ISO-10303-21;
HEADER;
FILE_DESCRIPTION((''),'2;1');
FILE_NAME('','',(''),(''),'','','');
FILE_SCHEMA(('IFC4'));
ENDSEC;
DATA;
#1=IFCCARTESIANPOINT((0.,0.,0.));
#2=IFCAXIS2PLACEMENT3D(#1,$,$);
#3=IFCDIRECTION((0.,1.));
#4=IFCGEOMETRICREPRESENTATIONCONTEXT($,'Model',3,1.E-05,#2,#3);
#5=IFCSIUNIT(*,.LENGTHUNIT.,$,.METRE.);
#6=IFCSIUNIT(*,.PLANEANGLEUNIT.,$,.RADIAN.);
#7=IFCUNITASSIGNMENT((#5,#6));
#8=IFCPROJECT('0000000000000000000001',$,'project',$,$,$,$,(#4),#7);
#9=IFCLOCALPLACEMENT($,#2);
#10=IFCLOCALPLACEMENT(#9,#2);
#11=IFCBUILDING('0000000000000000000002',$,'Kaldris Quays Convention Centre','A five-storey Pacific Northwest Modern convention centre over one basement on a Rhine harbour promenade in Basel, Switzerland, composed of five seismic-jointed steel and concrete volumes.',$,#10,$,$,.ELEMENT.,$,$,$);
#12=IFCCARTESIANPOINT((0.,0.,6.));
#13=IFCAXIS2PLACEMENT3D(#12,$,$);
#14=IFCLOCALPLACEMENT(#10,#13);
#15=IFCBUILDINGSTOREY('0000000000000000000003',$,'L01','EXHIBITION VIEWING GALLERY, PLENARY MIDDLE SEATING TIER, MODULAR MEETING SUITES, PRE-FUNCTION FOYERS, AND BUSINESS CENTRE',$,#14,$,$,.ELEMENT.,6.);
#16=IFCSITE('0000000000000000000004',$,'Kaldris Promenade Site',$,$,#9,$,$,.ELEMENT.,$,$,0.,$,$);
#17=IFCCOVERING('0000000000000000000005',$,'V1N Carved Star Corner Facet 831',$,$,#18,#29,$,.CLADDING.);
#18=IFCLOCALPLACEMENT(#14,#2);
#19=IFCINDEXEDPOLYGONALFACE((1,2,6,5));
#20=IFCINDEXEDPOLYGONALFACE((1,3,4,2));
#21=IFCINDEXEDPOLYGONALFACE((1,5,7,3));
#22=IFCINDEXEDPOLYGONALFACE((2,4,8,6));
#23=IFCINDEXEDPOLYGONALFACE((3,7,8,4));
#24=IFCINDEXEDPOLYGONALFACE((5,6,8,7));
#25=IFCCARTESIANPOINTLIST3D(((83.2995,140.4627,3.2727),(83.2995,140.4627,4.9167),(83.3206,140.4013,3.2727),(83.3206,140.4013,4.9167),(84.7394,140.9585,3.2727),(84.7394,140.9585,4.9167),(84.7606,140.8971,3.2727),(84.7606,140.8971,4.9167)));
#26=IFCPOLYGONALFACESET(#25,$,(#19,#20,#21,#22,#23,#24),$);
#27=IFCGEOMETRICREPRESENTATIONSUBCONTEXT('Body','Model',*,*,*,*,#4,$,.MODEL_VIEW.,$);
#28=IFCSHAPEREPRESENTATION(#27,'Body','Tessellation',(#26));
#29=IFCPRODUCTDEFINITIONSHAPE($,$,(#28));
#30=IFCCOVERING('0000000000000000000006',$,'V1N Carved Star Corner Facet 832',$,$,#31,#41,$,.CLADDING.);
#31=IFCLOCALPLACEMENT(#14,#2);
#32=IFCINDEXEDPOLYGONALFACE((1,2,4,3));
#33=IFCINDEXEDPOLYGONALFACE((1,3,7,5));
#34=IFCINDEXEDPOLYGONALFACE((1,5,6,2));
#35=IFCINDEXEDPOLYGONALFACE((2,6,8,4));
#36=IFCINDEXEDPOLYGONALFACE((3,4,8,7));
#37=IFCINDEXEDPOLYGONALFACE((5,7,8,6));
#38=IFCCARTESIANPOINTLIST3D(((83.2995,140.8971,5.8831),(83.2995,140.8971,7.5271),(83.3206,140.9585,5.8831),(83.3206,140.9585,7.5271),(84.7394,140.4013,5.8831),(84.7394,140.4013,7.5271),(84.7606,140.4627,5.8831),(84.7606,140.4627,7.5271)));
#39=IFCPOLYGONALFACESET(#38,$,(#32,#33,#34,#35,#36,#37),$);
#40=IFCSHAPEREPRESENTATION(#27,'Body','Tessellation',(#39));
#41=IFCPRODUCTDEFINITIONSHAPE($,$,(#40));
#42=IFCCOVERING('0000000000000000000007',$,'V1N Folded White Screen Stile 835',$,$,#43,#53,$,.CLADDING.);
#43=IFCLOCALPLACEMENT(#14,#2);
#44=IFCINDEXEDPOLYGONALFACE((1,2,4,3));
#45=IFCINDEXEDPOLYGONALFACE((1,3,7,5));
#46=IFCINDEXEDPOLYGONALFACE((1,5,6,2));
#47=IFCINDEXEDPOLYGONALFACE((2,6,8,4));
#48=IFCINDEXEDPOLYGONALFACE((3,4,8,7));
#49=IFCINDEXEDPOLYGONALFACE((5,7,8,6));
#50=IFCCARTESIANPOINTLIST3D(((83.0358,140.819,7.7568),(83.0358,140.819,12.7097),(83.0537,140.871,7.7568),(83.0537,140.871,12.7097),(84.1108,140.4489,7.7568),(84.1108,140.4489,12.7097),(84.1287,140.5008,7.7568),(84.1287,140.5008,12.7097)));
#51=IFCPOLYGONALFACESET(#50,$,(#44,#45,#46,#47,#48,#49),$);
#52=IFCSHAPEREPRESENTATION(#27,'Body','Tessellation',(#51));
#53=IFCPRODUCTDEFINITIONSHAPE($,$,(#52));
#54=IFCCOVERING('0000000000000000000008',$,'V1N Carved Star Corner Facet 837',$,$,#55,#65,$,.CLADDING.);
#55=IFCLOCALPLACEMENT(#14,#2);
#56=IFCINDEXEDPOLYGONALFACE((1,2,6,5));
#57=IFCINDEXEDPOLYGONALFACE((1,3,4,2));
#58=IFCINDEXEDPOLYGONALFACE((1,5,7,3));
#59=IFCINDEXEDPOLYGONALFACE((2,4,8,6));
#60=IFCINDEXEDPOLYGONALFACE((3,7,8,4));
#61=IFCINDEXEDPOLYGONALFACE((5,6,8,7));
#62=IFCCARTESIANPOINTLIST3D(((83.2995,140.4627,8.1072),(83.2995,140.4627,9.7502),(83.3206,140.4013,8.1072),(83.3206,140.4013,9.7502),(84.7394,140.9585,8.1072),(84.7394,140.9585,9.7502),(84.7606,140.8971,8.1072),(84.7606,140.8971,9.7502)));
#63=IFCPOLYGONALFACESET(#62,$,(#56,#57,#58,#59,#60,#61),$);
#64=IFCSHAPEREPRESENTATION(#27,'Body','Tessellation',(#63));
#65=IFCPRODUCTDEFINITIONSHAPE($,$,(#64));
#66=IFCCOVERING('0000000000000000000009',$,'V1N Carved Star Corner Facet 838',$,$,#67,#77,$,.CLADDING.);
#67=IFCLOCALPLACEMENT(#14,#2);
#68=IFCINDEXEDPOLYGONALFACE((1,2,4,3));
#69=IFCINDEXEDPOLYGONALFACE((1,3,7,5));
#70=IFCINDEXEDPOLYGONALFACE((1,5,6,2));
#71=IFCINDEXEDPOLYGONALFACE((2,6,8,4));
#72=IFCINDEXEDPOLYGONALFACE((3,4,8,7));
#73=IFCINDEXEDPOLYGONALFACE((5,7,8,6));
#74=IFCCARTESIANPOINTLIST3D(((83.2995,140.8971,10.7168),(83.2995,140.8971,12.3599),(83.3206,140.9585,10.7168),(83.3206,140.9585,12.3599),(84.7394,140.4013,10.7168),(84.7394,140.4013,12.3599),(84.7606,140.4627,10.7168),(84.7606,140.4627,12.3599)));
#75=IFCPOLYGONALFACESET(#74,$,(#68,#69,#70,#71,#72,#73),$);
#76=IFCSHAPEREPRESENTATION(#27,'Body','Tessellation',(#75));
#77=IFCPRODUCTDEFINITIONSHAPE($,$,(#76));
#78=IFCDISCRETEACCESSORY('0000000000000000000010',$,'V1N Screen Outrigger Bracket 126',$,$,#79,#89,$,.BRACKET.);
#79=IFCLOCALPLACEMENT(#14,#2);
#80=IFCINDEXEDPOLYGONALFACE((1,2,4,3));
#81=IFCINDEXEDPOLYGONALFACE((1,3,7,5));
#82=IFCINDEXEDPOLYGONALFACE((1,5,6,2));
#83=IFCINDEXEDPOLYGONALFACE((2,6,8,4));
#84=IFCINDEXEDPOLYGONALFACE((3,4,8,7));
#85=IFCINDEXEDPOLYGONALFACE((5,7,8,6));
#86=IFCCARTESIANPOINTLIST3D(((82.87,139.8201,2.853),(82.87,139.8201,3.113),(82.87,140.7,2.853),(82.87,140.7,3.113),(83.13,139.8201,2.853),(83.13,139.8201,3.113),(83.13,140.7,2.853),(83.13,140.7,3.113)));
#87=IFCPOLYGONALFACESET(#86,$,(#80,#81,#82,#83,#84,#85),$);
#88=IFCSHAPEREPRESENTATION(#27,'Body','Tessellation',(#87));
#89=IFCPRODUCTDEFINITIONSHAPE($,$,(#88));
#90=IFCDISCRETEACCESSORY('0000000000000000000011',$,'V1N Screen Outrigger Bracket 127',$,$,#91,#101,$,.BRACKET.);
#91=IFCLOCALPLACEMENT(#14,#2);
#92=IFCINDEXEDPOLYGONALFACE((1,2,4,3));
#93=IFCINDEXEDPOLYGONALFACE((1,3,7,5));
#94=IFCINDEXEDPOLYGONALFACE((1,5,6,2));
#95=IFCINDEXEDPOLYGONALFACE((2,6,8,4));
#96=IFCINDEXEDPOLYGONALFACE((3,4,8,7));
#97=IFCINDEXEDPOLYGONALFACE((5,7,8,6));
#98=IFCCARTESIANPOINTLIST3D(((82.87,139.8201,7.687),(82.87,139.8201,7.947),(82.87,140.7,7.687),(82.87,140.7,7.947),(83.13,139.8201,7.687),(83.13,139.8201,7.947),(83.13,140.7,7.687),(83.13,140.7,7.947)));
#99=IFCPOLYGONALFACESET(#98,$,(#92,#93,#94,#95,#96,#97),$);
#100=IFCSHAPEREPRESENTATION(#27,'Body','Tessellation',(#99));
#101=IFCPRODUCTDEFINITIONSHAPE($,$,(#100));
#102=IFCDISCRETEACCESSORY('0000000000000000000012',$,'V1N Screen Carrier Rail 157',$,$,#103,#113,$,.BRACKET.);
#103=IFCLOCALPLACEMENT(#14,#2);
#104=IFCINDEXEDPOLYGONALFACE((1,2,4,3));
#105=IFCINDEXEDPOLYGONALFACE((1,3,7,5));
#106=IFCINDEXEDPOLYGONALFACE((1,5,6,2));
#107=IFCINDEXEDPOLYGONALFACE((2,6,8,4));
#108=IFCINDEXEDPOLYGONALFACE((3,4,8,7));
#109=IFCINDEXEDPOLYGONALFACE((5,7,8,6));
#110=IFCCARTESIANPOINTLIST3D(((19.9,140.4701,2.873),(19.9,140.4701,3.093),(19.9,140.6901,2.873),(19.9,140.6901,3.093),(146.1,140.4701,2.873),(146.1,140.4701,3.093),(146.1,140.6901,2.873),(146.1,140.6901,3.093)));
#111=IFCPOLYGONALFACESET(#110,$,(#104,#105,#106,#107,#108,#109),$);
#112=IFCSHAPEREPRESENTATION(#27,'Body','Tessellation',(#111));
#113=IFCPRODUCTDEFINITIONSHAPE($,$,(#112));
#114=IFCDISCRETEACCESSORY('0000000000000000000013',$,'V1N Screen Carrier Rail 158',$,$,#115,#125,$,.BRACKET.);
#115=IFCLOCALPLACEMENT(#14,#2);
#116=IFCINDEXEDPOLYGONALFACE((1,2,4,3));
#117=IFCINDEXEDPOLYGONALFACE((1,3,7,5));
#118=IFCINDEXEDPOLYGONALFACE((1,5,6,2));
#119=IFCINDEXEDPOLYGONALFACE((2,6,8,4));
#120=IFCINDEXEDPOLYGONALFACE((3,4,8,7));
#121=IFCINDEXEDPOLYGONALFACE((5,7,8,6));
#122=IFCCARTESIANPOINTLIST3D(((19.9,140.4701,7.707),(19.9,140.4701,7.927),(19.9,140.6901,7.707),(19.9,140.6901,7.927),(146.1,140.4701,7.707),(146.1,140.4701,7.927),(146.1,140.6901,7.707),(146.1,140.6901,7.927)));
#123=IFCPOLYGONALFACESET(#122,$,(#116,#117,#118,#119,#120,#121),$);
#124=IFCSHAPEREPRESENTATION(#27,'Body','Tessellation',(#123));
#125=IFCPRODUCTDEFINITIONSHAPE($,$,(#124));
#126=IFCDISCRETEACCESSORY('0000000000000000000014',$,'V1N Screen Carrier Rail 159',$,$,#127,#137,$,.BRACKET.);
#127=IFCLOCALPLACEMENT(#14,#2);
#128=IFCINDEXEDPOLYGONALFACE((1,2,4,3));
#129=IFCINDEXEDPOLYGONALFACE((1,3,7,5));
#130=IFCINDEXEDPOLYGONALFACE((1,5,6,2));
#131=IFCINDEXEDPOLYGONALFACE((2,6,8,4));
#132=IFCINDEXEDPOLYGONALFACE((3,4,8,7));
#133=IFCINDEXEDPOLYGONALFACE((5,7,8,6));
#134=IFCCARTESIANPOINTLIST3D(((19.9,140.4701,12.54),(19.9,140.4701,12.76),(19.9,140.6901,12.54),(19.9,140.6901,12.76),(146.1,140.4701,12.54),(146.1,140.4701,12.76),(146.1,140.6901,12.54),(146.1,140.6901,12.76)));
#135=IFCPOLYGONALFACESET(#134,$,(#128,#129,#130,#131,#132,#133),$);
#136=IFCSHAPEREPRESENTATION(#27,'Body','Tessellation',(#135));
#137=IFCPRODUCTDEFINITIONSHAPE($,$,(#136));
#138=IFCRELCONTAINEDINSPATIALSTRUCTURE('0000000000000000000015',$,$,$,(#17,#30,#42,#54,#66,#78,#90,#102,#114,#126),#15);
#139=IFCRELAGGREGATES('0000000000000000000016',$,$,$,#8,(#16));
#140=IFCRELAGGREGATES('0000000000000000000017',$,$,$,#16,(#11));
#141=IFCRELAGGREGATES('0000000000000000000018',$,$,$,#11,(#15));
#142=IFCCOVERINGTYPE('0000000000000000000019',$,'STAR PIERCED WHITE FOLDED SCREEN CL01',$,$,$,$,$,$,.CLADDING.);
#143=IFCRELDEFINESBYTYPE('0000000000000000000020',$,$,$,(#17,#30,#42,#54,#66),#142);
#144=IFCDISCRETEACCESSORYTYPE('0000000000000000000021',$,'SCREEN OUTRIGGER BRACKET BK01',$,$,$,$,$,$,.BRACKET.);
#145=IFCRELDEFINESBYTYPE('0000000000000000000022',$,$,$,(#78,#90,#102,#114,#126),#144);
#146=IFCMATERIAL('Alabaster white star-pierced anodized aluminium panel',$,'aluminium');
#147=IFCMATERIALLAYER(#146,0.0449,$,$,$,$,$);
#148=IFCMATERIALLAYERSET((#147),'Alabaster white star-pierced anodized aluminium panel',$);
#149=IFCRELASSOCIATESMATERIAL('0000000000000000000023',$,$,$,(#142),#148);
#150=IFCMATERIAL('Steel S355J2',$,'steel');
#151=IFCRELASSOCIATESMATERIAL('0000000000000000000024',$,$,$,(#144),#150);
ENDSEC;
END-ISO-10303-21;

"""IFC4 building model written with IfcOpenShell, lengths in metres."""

from ifc_helpers import new_model, si_unit, direction, frame, origin, origin_2d, place, context, subcontext, project, spatial, rectangle, extrude, material, layer, layer_set, type_object, element, save


model = new_model("IFC4")

# Units and contexts
model_context = context("Model", 3, precision=1e-05, world=origin(), true_north=direction((0.0, 1.0)))
body_context = subcontext(model_context, "Body", "Model", "MODEL_VIEW")
ifc_project = project(units=[si_unit("LENGTHUNIT", "METRE"), si_unit("PLANEANGLEUNIT", "RADIAN")], contexts=[model_context])

# Site, building, storey
site_placement = place(None, origin())
site = spatial("IfcSite", under=ifc_project, at=site_placement, Name="Kaldris Promenade Site", CompositionType="ELEMENT", RefElevation=0.0)
building_placement = place(site_placement, origin())
building = spatial("IfcBuilding", under=site, at=building_placement, Name="Kaldris Quays Convention Centre", Description="A five-storey Pacific Northwest Modern convention centre over one basement on a Rhine harbour promenade in Basel, Switzerland, composed of five seismic-jointed steel and concrete volumes.", CompositionType="ELEMENT")
storey_placement = place(building_placement, frame((0.0, 0.0, 6.0)))
storey = spatial("IfcBuildingStorey", under=building, at=storey_placement, Name="L01", Description="EXHIBITION VIEWING GALLERY, PLENARY MIDDLE SEATING TIER, MODULAR MEETING SUITES, PRE-FUNCTION FOYERS, AND BUSINESS CENTRE", CompositionType="ELEMENT", Elevation=6.0)

# Coverings
ifc_material_1 = material(Name="Alabaster white star-pierced anodized aluminium panel", Category="aluminium")
ifc_layer = layer(ifc_material_1, 0.0449)
ifc_layer_set = layer_set([ifc_layer], Name="Alabaster white star-pierced anodized aluminium panel")
covering_type = type_object("IfcCoveringType", Name="STAR PIERCED WHITE FOLDED SCREEN CL01", PredefinedType="CLADDING", material=ifc_layer_set)
for number, where, z_axis, x_axis, name in (
    (1, (84.03, 140.6799, 3.2727), (0.0, 0.0, 1.0), (0.945519, 0.325568, 0.0), "V1N Carved Star Corner Facet 831"),
    (2, (84.03, 140.6799, 5.8831), (0.0, 0.0, 1.0), (0.945519, -0.325568, 0.0), "V1N Carved Star Corner Facet 832"),
):
    element("IfcCovering", number, at=place(storey_placement, frame(where, z_axis=z_axis, x_axis=x_axis)), inside=storey, type_object=covering_type, Name=name, PredefinedType="CLADDING", context=body_context, shape_type="SweptSolid", body=[
        extrude(rectangle(XDim=1.5229, YDim=0.0649, at=origin_2d()), origin(), (0.0, 0.0, 1.0), 1.644),
    ])
covering_1_placement = place(storey_placement, frame((83.5823, 140.6599, 7.7568), z_axis=(0.0, 0.0, 1.0), x_axis=(0.945519, -0.325568, 0.0)))
element("IfcCovering", 3, at=covering_1_placement, inside=storey, type_object=covering_type, Name="V1N Folded White Screen Stile 835", PredefinedType="CLADDING", context=body_context, shape_type="SweptSolid", body=[
    extrude(rectangle(XDim=1.137, YDim=0.0549, at=origin_2d()), origin(), (0.0, 0.0, 1.0), 4.9529),
])
for number, where, z_axis, x_axis, name in (
    (4, (84.03, 140.6799, 8.1072), (0.0, 0.0, 1.0), (0.945519, 0.325568, 0.0), "V1N Carved Star Corner Facet 837"),
    (5, (84.03, 140.6799, 10.7168), (0.0, 0.0, 1.0), (0.945519, -0.325568, 0.0), "V1N Carved Star Corner Facet 838"),
):
    element("IfcCovering", number, at=place(storey_placement, frame(where, z_axis=z_axis, x_axis=x_axis)), inside=storey, type_object=covering_type, Name=name, PredefinedType="CLADDING", context=body_context, shape_type="SweptSolid", body=[
        extrude(rectangle(XDim=1.5229, YDim=0.0649, at=origin_2d()), origin(), (0.0, 0.0, 1.0), 1.6431),
    ])

# Discrete accessories
ifc_material_2 = material(Name="Steel S355J2", Category="steel")
discrete_accessory_type = type_object("IfcDiscreteAccessoryType", Name="SCREEN OUTRIGGER BRACKET BK01", PredefinedType="BRACKET", material=ifc_material_2)
for number, where, z_axis, x_axis, name in (
    (6, (83.0, 140.26, 2.853), (0.0, 0.0, 1.0), (1.0, 0.0, 0.0), "V1N Screen Outrigger Bracket 126"),
    (7, (83.0, 140.26, 7.687), (0.0, 0.0, 1.0), (1.0, 0.0, 0.0), "V1N Screen Outrigger Bracket 127"),
):
    element("IfcDiscreteAccessory", number, at=place(storey_placement, frame(where, z_axis=z_axis, x_axis=x_axis)), inside=storey, type_object=discrete_accessory_type, Name=name, PredefinedType="BRACKET", context=body_context, shape_type="SweptSolid", body=[
        extrude(rectangle(XDim=0.26, YDim=0.8799, at=origin_2d()), origin(), (0.0, 0.0, 1.0), 0.26),
    ])
for number, where, z_axis, x_axis, name in (
    (8, (83.0, 140.5801, 2.873), (0.0, 0.0, 1.0), (1.0, 0.0, 0.0), "V1N Screen Carrier Rail 157"),
    (9, (83.0, 140.5801, 7.707), (0.0, 0.0, 1.0), (1.0, 0.0, 0.0), "V1N Screen Carrier Rail 158"),
    (10, (83.0, 140.5801, 12.54), (0.0, 0.0, 1.0), (1.0, 0.0, 0.0), "V1N Screen Carrier Rail 159"),
):
    element("IfcDiscreteAccessory", number, at=place(storey_placement, frame(where, z_axis=z_axis, x_axis=x_axis)), inside=storey, type_object=discrete_accessory_type, Name=name, PredefinedType="BRACKET", context=body_context, shape_type="SweptSolid", body=[
        extrude(rectangle(XDim=126.2, YDim=0.22, at=origin_2d()), origin(), (0.0, 0.0, 1.0), 0.22),
    ])

save(model, "model.ifc")
